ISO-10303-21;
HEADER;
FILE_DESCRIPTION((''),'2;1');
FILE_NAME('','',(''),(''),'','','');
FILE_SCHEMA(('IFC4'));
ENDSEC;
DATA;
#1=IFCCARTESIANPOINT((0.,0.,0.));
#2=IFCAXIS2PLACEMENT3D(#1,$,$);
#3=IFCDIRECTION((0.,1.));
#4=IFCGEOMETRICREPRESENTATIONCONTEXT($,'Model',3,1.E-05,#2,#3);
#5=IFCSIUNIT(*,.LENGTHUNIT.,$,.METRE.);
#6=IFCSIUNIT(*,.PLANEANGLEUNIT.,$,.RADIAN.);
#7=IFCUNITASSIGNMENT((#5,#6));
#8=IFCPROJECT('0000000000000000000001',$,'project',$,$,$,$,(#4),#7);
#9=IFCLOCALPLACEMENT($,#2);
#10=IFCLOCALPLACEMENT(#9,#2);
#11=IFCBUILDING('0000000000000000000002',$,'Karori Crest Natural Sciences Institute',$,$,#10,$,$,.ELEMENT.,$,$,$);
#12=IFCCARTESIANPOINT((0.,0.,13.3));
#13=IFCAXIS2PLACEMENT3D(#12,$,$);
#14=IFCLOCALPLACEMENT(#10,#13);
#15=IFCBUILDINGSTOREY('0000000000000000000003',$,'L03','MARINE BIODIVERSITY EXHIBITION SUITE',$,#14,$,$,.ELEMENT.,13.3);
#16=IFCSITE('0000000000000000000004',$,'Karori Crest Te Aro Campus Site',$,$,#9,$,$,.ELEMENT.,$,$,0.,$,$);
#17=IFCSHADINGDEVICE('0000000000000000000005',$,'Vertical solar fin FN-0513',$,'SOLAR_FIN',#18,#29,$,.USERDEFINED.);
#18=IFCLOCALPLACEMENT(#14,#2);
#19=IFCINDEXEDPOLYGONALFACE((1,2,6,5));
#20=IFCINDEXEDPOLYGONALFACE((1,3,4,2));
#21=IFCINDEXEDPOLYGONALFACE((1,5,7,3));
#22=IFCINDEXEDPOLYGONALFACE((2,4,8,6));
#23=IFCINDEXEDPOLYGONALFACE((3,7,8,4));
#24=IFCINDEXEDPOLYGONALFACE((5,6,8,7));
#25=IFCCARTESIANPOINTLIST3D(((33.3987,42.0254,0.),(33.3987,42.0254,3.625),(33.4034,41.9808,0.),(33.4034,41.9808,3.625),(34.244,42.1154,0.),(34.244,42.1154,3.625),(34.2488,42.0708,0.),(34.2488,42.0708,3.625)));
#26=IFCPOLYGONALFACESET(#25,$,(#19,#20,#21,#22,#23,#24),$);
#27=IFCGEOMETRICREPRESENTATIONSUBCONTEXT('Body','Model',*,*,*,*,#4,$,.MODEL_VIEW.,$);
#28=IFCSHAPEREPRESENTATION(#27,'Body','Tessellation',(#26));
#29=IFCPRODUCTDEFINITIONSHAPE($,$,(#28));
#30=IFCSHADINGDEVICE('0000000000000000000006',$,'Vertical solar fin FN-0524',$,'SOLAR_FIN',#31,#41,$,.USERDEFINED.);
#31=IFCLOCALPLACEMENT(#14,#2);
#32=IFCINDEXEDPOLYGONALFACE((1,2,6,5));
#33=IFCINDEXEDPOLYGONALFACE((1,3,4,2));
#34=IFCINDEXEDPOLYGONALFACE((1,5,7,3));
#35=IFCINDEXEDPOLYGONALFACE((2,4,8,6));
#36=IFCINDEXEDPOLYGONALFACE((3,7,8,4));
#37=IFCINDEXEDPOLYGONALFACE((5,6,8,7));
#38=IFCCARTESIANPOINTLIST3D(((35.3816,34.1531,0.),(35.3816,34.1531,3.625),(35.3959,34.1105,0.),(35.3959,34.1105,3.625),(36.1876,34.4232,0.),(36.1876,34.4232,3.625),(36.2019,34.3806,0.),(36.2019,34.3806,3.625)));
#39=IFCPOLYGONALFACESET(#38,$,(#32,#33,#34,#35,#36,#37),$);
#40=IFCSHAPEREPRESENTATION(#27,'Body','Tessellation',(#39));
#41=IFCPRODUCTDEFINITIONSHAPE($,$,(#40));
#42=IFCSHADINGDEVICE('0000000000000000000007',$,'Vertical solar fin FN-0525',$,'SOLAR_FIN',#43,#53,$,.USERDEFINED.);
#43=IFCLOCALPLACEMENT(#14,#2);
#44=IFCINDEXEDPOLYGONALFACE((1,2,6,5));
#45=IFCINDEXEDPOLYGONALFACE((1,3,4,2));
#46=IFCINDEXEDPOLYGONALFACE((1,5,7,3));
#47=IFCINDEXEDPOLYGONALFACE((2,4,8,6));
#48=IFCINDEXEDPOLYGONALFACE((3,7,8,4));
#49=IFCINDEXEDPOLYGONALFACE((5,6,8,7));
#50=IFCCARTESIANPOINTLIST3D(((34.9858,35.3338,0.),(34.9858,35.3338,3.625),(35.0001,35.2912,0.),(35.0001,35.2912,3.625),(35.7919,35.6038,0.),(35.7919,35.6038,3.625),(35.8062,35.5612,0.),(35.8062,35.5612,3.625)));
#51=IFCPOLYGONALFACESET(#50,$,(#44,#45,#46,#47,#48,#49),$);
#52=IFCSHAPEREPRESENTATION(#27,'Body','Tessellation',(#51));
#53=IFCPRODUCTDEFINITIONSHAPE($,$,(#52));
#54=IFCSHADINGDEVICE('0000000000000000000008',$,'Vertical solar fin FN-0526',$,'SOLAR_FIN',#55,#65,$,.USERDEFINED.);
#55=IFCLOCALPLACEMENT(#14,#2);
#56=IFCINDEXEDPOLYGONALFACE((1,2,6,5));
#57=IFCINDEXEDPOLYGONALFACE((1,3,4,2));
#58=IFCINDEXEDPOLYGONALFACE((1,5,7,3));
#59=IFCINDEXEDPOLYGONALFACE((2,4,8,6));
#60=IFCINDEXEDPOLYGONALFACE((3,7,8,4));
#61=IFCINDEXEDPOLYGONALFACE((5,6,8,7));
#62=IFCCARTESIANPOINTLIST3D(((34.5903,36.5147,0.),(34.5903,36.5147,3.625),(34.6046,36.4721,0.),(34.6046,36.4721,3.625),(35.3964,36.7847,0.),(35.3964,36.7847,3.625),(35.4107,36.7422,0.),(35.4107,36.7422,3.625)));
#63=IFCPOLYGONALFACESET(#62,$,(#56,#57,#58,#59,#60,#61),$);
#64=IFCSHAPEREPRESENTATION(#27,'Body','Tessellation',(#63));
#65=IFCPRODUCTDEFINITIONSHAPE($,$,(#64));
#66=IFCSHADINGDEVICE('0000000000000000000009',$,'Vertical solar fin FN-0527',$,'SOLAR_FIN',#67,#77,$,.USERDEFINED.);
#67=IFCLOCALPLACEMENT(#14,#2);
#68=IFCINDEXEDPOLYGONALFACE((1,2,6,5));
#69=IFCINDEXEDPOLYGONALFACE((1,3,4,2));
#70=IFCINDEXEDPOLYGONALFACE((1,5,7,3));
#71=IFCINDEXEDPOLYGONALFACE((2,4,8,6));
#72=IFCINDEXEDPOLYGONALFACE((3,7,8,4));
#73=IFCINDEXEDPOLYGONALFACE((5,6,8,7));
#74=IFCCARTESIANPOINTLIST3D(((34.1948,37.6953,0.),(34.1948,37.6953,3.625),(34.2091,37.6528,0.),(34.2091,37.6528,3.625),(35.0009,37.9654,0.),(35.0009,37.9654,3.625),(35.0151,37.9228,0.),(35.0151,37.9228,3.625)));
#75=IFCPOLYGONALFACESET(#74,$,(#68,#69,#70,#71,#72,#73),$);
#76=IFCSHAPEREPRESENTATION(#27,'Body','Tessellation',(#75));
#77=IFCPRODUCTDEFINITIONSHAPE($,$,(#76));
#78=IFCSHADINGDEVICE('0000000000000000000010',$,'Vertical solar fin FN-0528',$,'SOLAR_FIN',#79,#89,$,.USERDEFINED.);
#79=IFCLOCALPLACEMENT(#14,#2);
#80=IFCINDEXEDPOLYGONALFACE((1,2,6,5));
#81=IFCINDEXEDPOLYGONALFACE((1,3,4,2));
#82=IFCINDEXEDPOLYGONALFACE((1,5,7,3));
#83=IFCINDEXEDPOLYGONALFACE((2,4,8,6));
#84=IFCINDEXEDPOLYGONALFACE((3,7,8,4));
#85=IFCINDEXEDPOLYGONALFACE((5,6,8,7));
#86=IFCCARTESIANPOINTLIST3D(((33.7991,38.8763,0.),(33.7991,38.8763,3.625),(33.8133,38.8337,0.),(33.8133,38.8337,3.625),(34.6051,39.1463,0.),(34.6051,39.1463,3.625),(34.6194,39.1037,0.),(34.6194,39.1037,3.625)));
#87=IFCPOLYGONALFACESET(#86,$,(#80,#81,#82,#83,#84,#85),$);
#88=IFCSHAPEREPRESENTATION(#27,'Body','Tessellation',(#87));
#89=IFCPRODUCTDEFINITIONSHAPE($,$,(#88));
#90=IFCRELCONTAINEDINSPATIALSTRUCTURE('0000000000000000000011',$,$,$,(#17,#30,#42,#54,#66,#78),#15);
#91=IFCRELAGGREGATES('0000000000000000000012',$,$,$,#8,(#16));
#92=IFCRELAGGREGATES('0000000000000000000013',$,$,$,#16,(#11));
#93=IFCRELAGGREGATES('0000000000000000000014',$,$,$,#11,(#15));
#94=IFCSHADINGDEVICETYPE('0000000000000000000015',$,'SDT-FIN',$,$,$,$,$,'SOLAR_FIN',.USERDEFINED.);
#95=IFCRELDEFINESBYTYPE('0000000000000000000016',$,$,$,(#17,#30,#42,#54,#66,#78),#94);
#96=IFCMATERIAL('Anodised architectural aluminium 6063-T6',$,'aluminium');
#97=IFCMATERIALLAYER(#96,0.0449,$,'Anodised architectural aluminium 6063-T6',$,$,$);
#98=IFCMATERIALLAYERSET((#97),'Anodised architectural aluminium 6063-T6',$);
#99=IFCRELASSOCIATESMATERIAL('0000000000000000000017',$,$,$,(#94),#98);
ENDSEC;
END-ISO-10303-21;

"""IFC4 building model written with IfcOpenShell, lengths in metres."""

from ifc_helpers import new_model, si_unit, direction, frame, origin, origin_2d, place, context, subcontext, project, spatial, rectangle, extrude, material, layer, layer_set, type_object, element, save


model = new_model("IFC4")

# Units and contexts
model_context = context("Model", 3, precision=1e-05, world=origin(), true_north=direction((0.0, 1.0)))
body_context = subcontext(model_context, "Body", "Model", "MODEL_VIEW")
ifc_project = project(units=[si_unit("LENGTHUNIT", "METRE"), si_unit("PLANEANGLEUNIT", "RADIAN")], contexts=[model_context])

# Site, building, storey
site_placement = place(None, origin())
site = spatial("IfcSite", under=ifc_project, at=site_placement, Name="Karori Crest Te Aro Campus Site", CompositionType="ELEMENT", RefElevation=0.0)
building_placement = place(site_placement, origin())
building = spatial("IfcBuilding", under=site, at=building_placement, Name="Karori Crest Natural Sciences Institute", CompositionType="ELEMENT")
storey_placement = place(building_placement, frame((0.0, 0.0, 13.3)))
storey = spatial("IfcBuildingStorey", under=building, at=storey_placement, Name="L03", Description="MARINE BIODIVERSITY EXHIBITION SUITE", CompositionType="ELEMENT", Elevation=13.3)

# Shared definitions
ifc_material_1 = material(Name="Anodised architectural aluminium 6063-T6", Category="aluminium")

# Shading devices
ifc_layer_1 = layer(ifc_material_1, 0.0449, Name="Anodised architectural aluminium 6063-T6")
ifc_layer_set_1 = layer_set([ifc_layer_1], Name="Anodised architectural aluminium 6063-T6")
shading_device_type = type_object("IfcShadingDeviceType", Name="SDT-FIN", ElementType="SOLAR_FIN", PredefinedType="USERDEFINED", material=ifc_layer_set_1)
for number, where, z_axis, x_axis, name in (
    (1, (33.8237, 42.0481, 0.0), (0.0, 0.0, 1.0), (-0.994378, -0.105884, 0.0), "Vertical solar fin FN-0513"),
    (2, (35.7917, 34.2668, 0.0), (0.0, 0.0, 1.0), (-0.948198, -0.31768, 0.0), "Vertical solar fin FN-0524"),
    (3, (35.396, 35.4475, 0.0), (0.0, 0.0, 1.0), (-0.948198, -0.31768, 0.0), "Vertical solar fin FN-0525"),
    (4, (35.0005, 36.6284, 0.0), (0.0, 0.0, 1.0), (-0.948198, -0.31768, 0.0), "Vertical solar fin FN-0526"),
    (5, (34.605, 37.8091, 0.0), (0.0, 0.0, 1.0), (-0.948198, -0.31768, 0.0), "Vertical solar fin FN-0527"),
    (6, (34.2092, 38.99, 0.0), (0.0, 0.0, 1.0), (-0.948198, -0.31768, 0.0), "Vertical solar fin FN-0528"),
):
    element("IfcShadingDevice", number, at=place(storey_placement, frame(where, z_axis=z_axis, x_axis=x_axis)), inside=storey, type_object=shading_device_type, Name=name, ObjectType="SOLAR_FIN", PredefinedType="USERDEFINED", context=body_context, shape_type="SweptSolid", body=[
        extrude(rectangle(XDim=0.8501, YDim=0.0449, at=origin_2d()), origin(), (0.0, 0.0, 1.0), 3.625),
    ])

save(model, "model.ifc")
